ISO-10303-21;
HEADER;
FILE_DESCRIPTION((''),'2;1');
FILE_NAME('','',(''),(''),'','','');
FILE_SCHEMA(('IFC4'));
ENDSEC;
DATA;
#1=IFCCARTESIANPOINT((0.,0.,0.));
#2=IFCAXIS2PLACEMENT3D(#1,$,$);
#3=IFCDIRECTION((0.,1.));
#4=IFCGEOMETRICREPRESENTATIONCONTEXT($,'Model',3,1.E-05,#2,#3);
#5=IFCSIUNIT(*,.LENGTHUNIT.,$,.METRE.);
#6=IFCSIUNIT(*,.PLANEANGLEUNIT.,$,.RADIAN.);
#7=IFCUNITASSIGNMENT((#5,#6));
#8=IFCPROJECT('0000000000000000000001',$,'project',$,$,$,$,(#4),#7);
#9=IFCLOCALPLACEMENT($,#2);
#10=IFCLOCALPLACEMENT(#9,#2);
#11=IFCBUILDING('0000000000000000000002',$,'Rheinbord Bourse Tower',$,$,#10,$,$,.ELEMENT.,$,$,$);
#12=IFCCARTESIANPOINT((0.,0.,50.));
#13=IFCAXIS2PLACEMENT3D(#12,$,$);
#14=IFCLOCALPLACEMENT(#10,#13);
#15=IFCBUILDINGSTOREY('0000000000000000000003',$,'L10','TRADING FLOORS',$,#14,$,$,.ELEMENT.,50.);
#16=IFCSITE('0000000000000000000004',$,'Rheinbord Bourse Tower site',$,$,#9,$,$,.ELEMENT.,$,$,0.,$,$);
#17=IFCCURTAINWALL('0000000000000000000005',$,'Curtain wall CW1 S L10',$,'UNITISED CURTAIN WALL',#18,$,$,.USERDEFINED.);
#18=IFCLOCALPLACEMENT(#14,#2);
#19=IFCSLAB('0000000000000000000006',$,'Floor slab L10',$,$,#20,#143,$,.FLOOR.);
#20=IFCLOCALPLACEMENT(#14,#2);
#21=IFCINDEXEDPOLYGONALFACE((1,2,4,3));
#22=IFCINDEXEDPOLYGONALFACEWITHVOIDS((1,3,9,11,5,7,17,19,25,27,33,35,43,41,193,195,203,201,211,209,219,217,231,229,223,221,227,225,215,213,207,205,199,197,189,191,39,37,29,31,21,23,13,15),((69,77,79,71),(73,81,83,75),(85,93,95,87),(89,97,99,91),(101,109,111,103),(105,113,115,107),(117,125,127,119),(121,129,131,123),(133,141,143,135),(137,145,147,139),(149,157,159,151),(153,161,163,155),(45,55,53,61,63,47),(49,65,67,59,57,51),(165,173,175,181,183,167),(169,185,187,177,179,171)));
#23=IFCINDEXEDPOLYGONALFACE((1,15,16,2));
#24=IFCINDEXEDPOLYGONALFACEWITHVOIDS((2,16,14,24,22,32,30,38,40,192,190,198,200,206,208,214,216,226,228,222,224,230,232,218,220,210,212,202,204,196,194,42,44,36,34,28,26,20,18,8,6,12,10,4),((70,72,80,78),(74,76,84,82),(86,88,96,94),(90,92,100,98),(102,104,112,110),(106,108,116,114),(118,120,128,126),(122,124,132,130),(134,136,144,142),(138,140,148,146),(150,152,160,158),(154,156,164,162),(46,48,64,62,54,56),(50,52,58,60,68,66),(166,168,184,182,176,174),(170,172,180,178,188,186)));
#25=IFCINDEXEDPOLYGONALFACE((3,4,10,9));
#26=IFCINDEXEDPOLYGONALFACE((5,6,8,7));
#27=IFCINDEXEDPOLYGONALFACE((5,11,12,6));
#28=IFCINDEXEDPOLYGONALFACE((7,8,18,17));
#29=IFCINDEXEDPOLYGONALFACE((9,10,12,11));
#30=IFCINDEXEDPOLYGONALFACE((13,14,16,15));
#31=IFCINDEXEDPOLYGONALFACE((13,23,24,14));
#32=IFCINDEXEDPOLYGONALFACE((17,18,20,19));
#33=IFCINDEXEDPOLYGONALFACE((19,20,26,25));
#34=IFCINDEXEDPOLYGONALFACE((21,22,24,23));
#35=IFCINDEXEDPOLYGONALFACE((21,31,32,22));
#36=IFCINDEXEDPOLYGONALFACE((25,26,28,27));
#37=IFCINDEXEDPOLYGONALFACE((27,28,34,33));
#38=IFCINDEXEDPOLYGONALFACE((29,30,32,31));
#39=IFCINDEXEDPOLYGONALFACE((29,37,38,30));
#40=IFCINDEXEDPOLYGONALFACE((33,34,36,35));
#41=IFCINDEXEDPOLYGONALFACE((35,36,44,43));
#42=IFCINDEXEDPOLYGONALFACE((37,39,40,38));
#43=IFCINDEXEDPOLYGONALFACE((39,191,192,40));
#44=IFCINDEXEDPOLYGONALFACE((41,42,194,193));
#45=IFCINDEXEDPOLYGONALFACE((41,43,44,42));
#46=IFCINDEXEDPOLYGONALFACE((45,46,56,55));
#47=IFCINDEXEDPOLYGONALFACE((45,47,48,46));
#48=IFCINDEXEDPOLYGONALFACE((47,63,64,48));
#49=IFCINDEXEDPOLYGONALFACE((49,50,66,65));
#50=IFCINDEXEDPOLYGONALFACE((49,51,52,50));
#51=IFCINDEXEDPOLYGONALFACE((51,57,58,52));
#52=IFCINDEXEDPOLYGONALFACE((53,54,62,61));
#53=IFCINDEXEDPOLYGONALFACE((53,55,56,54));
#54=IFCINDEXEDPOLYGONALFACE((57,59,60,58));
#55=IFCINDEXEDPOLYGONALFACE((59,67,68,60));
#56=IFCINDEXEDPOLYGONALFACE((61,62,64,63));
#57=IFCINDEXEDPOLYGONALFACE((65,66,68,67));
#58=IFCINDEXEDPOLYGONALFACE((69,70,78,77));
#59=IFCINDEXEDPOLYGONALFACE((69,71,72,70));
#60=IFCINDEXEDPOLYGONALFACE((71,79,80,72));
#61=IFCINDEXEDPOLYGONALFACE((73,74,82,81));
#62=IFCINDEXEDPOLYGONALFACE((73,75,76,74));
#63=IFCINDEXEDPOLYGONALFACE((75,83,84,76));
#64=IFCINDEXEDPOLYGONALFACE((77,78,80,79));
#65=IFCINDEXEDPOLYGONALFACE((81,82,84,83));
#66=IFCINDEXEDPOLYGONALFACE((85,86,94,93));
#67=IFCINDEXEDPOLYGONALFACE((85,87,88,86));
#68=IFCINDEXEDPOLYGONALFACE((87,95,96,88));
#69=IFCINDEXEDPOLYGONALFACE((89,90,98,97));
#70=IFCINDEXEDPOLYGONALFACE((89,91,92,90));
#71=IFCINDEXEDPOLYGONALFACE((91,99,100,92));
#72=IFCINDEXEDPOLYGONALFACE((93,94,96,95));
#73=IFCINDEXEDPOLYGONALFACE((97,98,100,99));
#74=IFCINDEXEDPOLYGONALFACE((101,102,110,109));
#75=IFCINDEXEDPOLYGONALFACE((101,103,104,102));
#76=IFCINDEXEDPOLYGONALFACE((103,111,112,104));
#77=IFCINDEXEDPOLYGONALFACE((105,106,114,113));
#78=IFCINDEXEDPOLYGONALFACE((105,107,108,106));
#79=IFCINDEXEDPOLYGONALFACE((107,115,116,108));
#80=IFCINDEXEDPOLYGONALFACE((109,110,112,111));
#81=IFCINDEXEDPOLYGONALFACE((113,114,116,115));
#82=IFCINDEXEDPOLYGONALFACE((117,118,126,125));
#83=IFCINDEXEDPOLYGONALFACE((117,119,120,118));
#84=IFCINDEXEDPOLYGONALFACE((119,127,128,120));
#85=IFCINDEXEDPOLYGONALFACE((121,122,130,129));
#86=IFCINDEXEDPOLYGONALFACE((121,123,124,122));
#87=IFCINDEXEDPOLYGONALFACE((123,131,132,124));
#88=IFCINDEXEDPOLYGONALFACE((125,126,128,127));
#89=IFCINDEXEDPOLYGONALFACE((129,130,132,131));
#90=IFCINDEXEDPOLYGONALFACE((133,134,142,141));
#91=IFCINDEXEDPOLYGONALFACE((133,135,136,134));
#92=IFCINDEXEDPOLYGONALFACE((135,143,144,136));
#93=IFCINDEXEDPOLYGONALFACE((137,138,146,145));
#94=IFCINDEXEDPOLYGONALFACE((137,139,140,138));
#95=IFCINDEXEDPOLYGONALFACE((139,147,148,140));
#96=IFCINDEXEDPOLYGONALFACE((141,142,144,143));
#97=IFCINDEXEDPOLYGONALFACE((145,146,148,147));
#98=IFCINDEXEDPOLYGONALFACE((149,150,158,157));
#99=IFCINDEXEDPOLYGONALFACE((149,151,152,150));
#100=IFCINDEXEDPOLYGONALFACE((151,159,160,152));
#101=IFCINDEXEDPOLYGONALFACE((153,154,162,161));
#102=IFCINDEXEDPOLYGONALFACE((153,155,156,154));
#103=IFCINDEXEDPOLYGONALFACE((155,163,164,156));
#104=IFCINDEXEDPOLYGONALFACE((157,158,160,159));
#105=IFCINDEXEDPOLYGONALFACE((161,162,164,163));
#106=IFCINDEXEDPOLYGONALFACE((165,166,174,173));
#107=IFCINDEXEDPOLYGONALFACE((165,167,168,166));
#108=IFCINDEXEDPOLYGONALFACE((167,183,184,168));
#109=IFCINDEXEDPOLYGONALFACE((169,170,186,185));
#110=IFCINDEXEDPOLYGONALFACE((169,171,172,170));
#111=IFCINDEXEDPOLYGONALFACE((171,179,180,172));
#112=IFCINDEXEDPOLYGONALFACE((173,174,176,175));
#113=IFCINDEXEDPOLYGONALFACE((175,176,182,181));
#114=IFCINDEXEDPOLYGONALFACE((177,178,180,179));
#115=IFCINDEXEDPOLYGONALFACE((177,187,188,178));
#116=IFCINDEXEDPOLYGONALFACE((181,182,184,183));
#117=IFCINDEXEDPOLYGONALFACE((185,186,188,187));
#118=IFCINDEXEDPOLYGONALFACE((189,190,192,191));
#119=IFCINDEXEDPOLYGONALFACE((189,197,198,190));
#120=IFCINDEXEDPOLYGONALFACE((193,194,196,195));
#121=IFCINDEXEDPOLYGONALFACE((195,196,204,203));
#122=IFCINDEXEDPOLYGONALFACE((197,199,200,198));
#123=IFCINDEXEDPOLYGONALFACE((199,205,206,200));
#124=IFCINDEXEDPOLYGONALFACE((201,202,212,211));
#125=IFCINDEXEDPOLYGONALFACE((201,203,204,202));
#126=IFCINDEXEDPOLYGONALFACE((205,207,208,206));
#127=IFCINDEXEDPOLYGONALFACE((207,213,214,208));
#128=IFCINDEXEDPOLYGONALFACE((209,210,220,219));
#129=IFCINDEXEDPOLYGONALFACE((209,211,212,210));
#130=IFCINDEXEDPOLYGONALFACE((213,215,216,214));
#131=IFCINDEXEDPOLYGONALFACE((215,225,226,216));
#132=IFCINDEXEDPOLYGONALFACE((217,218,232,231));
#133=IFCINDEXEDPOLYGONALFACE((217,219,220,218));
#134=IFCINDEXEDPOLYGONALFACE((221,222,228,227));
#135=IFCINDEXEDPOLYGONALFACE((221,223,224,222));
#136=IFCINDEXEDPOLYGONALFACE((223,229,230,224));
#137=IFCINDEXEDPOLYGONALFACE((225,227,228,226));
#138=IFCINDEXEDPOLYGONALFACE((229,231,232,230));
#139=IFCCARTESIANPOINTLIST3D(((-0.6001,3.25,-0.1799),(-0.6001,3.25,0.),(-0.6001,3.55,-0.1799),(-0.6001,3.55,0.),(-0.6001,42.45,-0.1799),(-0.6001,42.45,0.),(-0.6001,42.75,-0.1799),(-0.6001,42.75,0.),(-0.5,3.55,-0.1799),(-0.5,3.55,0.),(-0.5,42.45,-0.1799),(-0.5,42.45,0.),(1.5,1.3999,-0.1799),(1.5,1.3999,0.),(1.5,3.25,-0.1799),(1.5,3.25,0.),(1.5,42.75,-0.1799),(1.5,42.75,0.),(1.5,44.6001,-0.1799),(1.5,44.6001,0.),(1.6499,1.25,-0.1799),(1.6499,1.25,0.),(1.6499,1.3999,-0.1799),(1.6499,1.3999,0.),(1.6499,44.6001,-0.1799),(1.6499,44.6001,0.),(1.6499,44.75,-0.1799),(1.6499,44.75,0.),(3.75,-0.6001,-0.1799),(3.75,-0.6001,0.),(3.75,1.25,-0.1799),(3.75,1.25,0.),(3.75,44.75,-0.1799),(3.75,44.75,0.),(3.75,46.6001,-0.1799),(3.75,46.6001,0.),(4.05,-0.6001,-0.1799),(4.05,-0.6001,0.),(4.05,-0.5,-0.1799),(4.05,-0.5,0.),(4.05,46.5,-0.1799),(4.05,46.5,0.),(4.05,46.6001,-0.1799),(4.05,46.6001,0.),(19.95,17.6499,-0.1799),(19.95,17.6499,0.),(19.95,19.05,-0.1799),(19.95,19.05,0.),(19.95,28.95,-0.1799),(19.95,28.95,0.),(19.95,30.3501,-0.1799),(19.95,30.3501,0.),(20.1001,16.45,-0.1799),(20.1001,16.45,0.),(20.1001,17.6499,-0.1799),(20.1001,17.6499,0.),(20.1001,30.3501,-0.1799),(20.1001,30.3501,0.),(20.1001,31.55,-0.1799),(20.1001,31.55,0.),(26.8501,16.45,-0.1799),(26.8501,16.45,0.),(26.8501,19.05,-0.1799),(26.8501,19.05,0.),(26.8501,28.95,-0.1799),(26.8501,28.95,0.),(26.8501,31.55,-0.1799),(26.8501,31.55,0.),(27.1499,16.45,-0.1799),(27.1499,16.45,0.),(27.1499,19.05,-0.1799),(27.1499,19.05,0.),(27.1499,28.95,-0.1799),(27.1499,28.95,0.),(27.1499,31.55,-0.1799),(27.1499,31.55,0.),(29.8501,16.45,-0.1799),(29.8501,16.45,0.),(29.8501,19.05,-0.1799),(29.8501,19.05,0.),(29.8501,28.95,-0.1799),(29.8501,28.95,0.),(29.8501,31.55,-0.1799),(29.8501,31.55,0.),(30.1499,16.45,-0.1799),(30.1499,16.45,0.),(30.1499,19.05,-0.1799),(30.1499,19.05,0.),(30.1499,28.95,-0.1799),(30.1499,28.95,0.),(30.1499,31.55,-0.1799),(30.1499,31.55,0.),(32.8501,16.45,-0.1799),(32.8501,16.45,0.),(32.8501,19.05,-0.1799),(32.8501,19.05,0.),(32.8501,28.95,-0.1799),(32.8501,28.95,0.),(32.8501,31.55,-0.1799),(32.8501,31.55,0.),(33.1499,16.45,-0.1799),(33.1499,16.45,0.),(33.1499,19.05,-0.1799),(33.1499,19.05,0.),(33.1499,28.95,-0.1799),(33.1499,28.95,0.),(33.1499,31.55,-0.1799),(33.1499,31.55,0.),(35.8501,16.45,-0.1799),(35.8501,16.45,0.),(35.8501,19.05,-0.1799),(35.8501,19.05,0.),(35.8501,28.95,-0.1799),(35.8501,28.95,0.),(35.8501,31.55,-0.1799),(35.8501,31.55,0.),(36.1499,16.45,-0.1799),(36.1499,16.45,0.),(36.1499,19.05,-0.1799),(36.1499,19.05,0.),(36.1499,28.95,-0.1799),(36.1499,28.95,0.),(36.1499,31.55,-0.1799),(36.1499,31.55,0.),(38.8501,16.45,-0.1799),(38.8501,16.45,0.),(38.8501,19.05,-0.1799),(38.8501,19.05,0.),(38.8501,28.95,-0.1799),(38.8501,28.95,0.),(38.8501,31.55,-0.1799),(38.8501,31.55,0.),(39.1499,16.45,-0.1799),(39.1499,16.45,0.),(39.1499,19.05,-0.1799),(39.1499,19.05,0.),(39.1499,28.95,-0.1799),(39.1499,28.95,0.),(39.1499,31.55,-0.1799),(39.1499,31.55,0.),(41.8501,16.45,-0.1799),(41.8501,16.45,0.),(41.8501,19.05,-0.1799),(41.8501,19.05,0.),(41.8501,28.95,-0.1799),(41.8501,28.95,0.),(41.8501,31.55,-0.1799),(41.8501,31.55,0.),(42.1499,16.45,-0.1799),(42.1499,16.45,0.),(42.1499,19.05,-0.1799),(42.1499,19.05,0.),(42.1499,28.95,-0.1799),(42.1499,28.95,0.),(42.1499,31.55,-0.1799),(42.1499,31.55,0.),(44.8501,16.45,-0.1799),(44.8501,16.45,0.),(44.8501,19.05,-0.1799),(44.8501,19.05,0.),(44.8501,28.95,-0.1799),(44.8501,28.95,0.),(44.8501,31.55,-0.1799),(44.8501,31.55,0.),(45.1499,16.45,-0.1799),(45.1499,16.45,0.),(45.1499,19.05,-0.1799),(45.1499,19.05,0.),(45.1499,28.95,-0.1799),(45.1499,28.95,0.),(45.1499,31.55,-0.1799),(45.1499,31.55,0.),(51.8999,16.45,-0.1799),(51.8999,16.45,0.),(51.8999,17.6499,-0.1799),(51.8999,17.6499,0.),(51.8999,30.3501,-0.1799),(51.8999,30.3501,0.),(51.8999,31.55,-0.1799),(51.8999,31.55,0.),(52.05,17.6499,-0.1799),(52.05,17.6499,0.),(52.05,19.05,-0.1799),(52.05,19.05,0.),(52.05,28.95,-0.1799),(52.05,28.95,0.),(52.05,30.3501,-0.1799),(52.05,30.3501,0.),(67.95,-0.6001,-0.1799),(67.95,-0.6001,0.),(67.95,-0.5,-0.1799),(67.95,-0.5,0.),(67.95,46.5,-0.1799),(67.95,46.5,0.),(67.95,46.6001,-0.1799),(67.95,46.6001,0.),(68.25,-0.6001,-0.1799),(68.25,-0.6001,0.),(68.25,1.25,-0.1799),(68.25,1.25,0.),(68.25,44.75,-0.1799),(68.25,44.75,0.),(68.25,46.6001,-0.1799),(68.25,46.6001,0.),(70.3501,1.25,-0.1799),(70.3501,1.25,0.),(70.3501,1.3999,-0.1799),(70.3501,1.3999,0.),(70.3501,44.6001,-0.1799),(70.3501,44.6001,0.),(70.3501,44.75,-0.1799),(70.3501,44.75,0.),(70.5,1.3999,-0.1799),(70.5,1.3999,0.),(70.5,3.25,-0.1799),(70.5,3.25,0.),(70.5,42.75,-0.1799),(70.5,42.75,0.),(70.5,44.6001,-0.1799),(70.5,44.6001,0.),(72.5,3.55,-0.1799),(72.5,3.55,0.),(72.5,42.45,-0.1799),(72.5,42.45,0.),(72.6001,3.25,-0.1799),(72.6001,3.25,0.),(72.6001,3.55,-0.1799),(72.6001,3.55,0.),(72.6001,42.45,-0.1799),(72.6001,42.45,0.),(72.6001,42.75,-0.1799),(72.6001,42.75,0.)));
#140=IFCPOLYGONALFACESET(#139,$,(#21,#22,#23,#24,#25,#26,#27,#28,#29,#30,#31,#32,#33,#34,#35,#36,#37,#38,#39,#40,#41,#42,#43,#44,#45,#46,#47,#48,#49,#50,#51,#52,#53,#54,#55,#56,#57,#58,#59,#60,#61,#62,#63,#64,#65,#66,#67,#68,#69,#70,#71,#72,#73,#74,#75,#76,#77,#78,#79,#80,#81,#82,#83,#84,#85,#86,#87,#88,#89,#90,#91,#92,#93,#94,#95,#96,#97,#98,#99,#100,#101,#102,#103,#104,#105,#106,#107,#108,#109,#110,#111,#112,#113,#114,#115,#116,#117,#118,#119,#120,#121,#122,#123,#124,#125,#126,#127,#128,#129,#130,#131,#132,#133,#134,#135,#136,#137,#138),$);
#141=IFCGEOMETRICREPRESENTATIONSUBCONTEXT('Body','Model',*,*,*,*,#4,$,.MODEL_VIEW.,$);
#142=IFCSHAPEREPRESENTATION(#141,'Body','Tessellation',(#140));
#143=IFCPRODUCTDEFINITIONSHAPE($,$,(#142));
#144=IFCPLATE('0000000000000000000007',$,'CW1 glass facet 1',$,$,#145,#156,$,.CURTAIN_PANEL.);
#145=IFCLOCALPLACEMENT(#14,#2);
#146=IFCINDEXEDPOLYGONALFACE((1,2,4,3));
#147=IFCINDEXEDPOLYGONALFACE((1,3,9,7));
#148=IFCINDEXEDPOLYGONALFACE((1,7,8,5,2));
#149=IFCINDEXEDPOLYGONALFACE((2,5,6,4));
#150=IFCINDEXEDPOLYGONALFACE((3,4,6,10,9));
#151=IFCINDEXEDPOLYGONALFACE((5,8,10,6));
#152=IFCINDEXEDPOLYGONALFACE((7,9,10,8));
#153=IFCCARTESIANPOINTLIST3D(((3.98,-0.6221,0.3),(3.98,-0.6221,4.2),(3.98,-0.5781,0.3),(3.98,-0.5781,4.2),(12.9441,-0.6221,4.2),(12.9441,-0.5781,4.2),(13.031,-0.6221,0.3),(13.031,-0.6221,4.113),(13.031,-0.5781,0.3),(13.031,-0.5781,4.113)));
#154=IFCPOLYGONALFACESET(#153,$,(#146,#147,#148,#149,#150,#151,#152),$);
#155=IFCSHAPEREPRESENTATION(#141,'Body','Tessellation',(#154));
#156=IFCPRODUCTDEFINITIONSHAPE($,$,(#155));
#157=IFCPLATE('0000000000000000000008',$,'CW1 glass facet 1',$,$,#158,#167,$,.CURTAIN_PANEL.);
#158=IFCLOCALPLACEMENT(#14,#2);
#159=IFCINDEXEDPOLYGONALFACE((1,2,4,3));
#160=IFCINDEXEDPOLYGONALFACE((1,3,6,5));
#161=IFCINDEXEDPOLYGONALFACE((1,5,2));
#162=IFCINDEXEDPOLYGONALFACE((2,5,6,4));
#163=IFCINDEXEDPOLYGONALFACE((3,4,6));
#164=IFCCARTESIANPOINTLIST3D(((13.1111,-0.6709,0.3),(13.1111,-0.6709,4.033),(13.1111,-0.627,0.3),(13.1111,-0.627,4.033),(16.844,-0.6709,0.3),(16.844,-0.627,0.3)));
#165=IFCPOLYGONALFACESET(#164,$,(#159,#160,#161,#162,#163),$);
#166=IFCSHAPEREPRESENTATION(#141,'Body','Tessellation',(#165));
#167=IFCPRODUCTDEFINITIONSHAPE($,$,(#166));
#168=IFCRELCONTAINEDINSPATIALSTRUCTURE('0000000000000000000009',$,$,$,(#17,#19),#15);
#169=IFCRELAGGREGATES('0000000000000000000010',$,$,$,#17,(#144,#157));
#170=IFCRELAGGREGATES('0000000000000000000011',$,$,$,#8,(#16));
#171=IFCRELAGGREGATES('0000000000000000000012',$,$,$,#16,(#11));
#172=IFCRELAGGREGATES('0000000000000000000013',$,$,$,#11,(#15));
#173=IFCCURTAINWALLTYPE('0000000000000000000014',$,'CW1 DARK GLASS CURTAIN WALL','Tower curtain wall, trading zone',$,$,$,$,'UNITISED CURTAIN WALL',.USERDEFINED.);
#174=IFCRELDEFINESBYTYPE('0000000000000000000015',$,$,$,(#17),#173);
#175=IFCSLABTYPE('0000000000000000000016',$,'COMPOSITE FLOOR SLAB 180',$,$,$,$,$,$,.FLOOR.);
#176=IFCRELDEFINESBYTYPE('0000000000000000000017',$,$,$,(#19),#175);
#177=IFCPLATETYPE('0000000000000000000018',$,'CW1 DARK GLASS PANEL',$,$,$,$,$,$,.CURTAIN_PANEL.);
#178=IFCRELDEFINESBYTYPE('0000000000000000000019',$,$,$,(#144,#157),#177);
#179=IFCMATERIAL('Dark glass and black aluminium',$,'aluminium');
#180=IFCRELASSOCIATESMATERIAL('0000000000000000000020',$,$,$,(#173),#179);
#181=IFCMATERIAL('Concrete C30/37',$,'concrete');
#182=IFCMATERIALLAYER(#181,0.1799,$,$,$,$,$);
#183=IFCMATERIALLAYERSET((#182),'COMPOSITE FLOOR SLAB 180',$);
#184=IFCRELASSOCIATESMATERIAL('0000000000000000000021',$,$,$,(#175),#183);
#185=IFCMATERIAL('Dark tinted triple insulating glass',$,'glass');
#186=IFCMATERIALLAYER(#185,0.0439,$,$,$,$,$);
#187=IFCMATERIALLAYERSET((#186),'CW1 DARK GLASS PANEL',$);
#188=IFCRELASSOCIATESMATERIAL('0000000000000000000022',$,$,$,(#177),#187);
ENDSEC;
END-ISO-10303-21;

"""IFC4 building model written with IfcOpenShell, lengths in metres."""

from ifc_helpers import new_model, si_unit, direction, frame, origin, place, context, subcontext, project, spatial, polyline, outline, extrude, material, layer, layer_set, type_object, element, aggregate, save


model = new_model("IFC4")

# Units and contexts
model_context = context("Model", 3, precision=1e-05, world=origin(), true_north=direction((0.0, 1.0)))
body_context = subcontext(model_context, "Body", "Model", "MODEL_VIEW")
ifc_project = project(units=[si_unit("LENGTHUNIT", "METRE"), si_unit("PLANEANGLEUNIT", "RADIAN")], contexts=[model_context])

# Site, building, storey
site_placement = place(None, origin())
site = spatial("IfcSite", under=ifc_project, at=site_placement, Name="Rheinbord Bourse Tower site", CompositionType="ELEMENT", RefElevation=0.0)
building_placement = place(site_placement, origin())
building = spatial("IfcBuilding", under=site, at=building_placement, Name="Rheinbord Bourse Tower", CompositionType="ELEMENT")
storey_placement = place(building_placement, frame((0.0, 0.0, 50.0)))
storey = spatial("IfcBuildingStorey", under=building, at=storey_placement, Name="L10", Description="TRADING FLOORS", CompositionType="ELEMENT", Elevation=50.0)

# Curtain wall
ifc_material_1 = material(Name="Dark glass and black aluminium", Category="aluminium")
curtain_wall_type = type_object("IfcCurtainWallType", Name="CW1 DARK GLASS CURTAIN WALL", Description="Tower curtain wall, trading zone", ElementType="UNITISED CURTAIN WALL", PredefinedType="USERDEFINED", material=ifc_material_1)
curtain_wall_1_placement = place(storey_placement, origin())
curtain_wall_1 = element("IfcCurtainWall", 1, at=curtain_wall_1_placement, inside=storey, type_object=curtain_wall_type, Name="Curtain wall CW1 S L10", ObjectType="UNITISED CURTAIN WALL", PredefinedType="USERDEFINED")

# Slab
ifc_material_2 = material(Name="Concrete C30/37", Category="concrete")
ifc_layer_1 = layer(ifc_material_2, 0.1799)
ifc_layer_set_1 = layer_set([ifc_layer_1], Name="COMPOSITE FLOOR SLAB 180")
slab_type_1 = type_object("IfcSlabType", Name="COMPOSITE FLOOR SLAB 180", PredefinedType="FLOOR", material=ifc_layer_set_1)
slab_1_placement = place(storey_placement, frame((0.0, 0.0, -0.1799)))
element("IfcSlab", 2, at=slab_1_placement, inside=storey, type_object=slab_type_1, Name="Floor slab L10", PredefinedType="FLOOR", context=body_context, shape_type="SweptSolid", body=[
    extrude(outline(polyline([(1.6499, 1.3999), (1.5, 1.3999), (1.5, 3.25), (-0.6001, 3.25), (-0.6001, 3.55), (-0.5, 3.55), (-0.5, 42.45), (-0.6001, 42.45), (-0.6001, 42.75), (1.5, 42.75), (1.5, 44.6001), (1.6499, 44.6001), (1.6499, 44.75), (3.75, 44.75), (3.75, 46.6001), (4.05, 46.6001), (4.05, 46.5), (67.95, 46.5), (67.95, 46.6001), (68.25, 46.6001), (68.25, 44.75), (70.3501, 44.75), (70.3501, 44.6001), (70.5, 44.6001), (70.5, 42.75), (72.6001, 42.75), (72.6001, 42.45), (72.5, 42.45), (72.5, 3.55), (72.6001, 3.55), (72.6001, 3.25), (70.5, 3.25), (70.5, 1.3999), (70.3501, 1.3999), (70.3501, 1.25), (68.25, 1.25), (68.25, -0.6001), (67.95, -0.6001), (67.95, -0.5), (4.05, -0.5), (4.05, -0.6001), (3.75, -0.6001), (3.75, 1.25), (1.6499, 1.25), (1.6499, 1.3999)]), holes=[polyline([(19.95, 19.05), (26.8501, 19.05), (26.8501, 16.45), (20.1001, 16.45), (20.1001, 17.6499), (19.95, 17.6499), (19.95, 19.05)]), polyline([(26.8501, 31.55), (26.8501, 28.95), (19.95, 28.95), (19.95, 30.3501), (20.1001, 30.3501), (20.1001, 31.55), (26.8501, 31.55)]), polyline([(45.1499, 16.45), (45.1499, 19.05), (52.05, 19.05), (52.05, 17.6499), (51.8999, 17.6499), (51.8999, 16.45), (45.1499, 16.45)]), polyline([(52.05, 28.95), (45.1499, 28.95), (45.1499, 31.55), (51.8999, 31.55), (51.8999, 30.3501), (52.05, 30.3501), (52.05, 28.95)]), polyline([(27.1499, 16.45), (27.1499, 19.05), (29.8501, 19.05), (29.8501, 16.45), (27.1499, 16.45)]), polyline([(27.1499, 28.95), (27.1499, 31.55), (29.8501, 31.55), (29.8501, 28.95), (27.1499, 28.95)]), polyline([(30.1499, 16.45), (30.1499, 19.05), (32.8501, 19.05), (32.8501, 16.45), (30.1499, 16.45)]), polyline([(30.1499, 28.95), (30.1499, 31.55), (32.8501, 31.55), (32.8501, 28.95), (30.1499, 28.95)]), polyline([(33.1499, 16.45), (33.1499, 19.05), (35.8501, 19.05), (35.8501, 16.45), (33.1499, 16.45)]), polyline([(33.1499, 28.95), (33.1499, 31.55), (35.8501, 31.55), (35.8501, 28.95), (33.1499, 28.95)]), polyline([(36.1499, 16.45), (36.1499, 19.05), (38.8501, 19.05), (38.8501, 16.45), (36.1499, 16.45)]), polyline([(36.1499, 28.95), (36.1499, 31.55), (38.8501, 31.55), (38.8501, 28.95), (36.1499, 28.95)]), polyline([(39.1499, 16.45), (39.1499, 19.05), (41.8501, 19.05), (41.8501, 16.45), (39.1499, 16.45)]), polyline([(39.1499, 28.95), (39.1499, 31.55), (41.8501, 31.55), (41.8501, 28.95), (39.1499, 28.95)]), polyline([(42.1499, 16.45), (42.1499, 19.05), (44.8501, 19.05), (44.8501, 16.45), (42.1499, 16.45)]), polyline([(42.1499, 28.95), (42.1499, 31.55), (44.8501, 31.55), (44.8501, 28.95), (42.1499, 28.95)])]), origin(), (0.0, 0.0, 1.0), 0.1799),
])

# Plates
ifc_material_3 = material(Name="Dark tinted triple insulating glass", Category="glass")
ifc_layer_2 = layer(ifc_material_3, 0.0439)
ifc_layer_set_2 = layer_set([ifc_layer_2], Name="CW1 DARK GLASS PANEL")
plate_type = type_object("IfcPlateType", Name="CW1 DARK GLASS PANEL", PredefinedType="CURTAIN_PANEL", material=ifc_layer_set_2)
plate_1_placement = place(storey_placement, frame((13.031, -0.6221, 0.3), z_axis=(0.0, 1.0, 0.0), x_axis=(-1.0, 0.0, 0.0)))
plate_1 = element("IfcPlate", 3, at=plate_1_placement, type_object=plate_type, Name="CW1 glass facet 1", PredefinedType="CURTAIN_PANEL", context=body_context, shape_type="SweptSolid", body=[
    extrude(outline(polyline([(0.0, 0.0), (9.051, 0.0), (9.051, 3.8999), (0.0869, 3.8999), (0.0, 3.813), (0.0, 0.0)])), origin(), (0.0, 0.0, 1.0), 0.0439),
])
plate_2_placement = place(storey_placement, frame((13.1111, -0.6709, 0.3), z_axis=(0.0, 1.0, 0.0), x_axis=(0.0, 0.0, 1.0)))
plate_2 = element("IfcPlate", 4, at=plate_2_placement, type_object=plate_type, Name="CW1 glass facet 1", PredefinedType="CURTAIN_PANEL", context=body_context, shape_type="SweptSolid", body=[
    extrude(outline(polyline([(0.0, 0.0), (3.7329, 0.0), (0.0, 3.7329), (0.0, 0.0)])), origin(), (0.0, 0.0, 1.0), 0.0439),
])
aggregate(curtain_wall_1, [plate_1, plate_2])

save(model, "model.ifc")
